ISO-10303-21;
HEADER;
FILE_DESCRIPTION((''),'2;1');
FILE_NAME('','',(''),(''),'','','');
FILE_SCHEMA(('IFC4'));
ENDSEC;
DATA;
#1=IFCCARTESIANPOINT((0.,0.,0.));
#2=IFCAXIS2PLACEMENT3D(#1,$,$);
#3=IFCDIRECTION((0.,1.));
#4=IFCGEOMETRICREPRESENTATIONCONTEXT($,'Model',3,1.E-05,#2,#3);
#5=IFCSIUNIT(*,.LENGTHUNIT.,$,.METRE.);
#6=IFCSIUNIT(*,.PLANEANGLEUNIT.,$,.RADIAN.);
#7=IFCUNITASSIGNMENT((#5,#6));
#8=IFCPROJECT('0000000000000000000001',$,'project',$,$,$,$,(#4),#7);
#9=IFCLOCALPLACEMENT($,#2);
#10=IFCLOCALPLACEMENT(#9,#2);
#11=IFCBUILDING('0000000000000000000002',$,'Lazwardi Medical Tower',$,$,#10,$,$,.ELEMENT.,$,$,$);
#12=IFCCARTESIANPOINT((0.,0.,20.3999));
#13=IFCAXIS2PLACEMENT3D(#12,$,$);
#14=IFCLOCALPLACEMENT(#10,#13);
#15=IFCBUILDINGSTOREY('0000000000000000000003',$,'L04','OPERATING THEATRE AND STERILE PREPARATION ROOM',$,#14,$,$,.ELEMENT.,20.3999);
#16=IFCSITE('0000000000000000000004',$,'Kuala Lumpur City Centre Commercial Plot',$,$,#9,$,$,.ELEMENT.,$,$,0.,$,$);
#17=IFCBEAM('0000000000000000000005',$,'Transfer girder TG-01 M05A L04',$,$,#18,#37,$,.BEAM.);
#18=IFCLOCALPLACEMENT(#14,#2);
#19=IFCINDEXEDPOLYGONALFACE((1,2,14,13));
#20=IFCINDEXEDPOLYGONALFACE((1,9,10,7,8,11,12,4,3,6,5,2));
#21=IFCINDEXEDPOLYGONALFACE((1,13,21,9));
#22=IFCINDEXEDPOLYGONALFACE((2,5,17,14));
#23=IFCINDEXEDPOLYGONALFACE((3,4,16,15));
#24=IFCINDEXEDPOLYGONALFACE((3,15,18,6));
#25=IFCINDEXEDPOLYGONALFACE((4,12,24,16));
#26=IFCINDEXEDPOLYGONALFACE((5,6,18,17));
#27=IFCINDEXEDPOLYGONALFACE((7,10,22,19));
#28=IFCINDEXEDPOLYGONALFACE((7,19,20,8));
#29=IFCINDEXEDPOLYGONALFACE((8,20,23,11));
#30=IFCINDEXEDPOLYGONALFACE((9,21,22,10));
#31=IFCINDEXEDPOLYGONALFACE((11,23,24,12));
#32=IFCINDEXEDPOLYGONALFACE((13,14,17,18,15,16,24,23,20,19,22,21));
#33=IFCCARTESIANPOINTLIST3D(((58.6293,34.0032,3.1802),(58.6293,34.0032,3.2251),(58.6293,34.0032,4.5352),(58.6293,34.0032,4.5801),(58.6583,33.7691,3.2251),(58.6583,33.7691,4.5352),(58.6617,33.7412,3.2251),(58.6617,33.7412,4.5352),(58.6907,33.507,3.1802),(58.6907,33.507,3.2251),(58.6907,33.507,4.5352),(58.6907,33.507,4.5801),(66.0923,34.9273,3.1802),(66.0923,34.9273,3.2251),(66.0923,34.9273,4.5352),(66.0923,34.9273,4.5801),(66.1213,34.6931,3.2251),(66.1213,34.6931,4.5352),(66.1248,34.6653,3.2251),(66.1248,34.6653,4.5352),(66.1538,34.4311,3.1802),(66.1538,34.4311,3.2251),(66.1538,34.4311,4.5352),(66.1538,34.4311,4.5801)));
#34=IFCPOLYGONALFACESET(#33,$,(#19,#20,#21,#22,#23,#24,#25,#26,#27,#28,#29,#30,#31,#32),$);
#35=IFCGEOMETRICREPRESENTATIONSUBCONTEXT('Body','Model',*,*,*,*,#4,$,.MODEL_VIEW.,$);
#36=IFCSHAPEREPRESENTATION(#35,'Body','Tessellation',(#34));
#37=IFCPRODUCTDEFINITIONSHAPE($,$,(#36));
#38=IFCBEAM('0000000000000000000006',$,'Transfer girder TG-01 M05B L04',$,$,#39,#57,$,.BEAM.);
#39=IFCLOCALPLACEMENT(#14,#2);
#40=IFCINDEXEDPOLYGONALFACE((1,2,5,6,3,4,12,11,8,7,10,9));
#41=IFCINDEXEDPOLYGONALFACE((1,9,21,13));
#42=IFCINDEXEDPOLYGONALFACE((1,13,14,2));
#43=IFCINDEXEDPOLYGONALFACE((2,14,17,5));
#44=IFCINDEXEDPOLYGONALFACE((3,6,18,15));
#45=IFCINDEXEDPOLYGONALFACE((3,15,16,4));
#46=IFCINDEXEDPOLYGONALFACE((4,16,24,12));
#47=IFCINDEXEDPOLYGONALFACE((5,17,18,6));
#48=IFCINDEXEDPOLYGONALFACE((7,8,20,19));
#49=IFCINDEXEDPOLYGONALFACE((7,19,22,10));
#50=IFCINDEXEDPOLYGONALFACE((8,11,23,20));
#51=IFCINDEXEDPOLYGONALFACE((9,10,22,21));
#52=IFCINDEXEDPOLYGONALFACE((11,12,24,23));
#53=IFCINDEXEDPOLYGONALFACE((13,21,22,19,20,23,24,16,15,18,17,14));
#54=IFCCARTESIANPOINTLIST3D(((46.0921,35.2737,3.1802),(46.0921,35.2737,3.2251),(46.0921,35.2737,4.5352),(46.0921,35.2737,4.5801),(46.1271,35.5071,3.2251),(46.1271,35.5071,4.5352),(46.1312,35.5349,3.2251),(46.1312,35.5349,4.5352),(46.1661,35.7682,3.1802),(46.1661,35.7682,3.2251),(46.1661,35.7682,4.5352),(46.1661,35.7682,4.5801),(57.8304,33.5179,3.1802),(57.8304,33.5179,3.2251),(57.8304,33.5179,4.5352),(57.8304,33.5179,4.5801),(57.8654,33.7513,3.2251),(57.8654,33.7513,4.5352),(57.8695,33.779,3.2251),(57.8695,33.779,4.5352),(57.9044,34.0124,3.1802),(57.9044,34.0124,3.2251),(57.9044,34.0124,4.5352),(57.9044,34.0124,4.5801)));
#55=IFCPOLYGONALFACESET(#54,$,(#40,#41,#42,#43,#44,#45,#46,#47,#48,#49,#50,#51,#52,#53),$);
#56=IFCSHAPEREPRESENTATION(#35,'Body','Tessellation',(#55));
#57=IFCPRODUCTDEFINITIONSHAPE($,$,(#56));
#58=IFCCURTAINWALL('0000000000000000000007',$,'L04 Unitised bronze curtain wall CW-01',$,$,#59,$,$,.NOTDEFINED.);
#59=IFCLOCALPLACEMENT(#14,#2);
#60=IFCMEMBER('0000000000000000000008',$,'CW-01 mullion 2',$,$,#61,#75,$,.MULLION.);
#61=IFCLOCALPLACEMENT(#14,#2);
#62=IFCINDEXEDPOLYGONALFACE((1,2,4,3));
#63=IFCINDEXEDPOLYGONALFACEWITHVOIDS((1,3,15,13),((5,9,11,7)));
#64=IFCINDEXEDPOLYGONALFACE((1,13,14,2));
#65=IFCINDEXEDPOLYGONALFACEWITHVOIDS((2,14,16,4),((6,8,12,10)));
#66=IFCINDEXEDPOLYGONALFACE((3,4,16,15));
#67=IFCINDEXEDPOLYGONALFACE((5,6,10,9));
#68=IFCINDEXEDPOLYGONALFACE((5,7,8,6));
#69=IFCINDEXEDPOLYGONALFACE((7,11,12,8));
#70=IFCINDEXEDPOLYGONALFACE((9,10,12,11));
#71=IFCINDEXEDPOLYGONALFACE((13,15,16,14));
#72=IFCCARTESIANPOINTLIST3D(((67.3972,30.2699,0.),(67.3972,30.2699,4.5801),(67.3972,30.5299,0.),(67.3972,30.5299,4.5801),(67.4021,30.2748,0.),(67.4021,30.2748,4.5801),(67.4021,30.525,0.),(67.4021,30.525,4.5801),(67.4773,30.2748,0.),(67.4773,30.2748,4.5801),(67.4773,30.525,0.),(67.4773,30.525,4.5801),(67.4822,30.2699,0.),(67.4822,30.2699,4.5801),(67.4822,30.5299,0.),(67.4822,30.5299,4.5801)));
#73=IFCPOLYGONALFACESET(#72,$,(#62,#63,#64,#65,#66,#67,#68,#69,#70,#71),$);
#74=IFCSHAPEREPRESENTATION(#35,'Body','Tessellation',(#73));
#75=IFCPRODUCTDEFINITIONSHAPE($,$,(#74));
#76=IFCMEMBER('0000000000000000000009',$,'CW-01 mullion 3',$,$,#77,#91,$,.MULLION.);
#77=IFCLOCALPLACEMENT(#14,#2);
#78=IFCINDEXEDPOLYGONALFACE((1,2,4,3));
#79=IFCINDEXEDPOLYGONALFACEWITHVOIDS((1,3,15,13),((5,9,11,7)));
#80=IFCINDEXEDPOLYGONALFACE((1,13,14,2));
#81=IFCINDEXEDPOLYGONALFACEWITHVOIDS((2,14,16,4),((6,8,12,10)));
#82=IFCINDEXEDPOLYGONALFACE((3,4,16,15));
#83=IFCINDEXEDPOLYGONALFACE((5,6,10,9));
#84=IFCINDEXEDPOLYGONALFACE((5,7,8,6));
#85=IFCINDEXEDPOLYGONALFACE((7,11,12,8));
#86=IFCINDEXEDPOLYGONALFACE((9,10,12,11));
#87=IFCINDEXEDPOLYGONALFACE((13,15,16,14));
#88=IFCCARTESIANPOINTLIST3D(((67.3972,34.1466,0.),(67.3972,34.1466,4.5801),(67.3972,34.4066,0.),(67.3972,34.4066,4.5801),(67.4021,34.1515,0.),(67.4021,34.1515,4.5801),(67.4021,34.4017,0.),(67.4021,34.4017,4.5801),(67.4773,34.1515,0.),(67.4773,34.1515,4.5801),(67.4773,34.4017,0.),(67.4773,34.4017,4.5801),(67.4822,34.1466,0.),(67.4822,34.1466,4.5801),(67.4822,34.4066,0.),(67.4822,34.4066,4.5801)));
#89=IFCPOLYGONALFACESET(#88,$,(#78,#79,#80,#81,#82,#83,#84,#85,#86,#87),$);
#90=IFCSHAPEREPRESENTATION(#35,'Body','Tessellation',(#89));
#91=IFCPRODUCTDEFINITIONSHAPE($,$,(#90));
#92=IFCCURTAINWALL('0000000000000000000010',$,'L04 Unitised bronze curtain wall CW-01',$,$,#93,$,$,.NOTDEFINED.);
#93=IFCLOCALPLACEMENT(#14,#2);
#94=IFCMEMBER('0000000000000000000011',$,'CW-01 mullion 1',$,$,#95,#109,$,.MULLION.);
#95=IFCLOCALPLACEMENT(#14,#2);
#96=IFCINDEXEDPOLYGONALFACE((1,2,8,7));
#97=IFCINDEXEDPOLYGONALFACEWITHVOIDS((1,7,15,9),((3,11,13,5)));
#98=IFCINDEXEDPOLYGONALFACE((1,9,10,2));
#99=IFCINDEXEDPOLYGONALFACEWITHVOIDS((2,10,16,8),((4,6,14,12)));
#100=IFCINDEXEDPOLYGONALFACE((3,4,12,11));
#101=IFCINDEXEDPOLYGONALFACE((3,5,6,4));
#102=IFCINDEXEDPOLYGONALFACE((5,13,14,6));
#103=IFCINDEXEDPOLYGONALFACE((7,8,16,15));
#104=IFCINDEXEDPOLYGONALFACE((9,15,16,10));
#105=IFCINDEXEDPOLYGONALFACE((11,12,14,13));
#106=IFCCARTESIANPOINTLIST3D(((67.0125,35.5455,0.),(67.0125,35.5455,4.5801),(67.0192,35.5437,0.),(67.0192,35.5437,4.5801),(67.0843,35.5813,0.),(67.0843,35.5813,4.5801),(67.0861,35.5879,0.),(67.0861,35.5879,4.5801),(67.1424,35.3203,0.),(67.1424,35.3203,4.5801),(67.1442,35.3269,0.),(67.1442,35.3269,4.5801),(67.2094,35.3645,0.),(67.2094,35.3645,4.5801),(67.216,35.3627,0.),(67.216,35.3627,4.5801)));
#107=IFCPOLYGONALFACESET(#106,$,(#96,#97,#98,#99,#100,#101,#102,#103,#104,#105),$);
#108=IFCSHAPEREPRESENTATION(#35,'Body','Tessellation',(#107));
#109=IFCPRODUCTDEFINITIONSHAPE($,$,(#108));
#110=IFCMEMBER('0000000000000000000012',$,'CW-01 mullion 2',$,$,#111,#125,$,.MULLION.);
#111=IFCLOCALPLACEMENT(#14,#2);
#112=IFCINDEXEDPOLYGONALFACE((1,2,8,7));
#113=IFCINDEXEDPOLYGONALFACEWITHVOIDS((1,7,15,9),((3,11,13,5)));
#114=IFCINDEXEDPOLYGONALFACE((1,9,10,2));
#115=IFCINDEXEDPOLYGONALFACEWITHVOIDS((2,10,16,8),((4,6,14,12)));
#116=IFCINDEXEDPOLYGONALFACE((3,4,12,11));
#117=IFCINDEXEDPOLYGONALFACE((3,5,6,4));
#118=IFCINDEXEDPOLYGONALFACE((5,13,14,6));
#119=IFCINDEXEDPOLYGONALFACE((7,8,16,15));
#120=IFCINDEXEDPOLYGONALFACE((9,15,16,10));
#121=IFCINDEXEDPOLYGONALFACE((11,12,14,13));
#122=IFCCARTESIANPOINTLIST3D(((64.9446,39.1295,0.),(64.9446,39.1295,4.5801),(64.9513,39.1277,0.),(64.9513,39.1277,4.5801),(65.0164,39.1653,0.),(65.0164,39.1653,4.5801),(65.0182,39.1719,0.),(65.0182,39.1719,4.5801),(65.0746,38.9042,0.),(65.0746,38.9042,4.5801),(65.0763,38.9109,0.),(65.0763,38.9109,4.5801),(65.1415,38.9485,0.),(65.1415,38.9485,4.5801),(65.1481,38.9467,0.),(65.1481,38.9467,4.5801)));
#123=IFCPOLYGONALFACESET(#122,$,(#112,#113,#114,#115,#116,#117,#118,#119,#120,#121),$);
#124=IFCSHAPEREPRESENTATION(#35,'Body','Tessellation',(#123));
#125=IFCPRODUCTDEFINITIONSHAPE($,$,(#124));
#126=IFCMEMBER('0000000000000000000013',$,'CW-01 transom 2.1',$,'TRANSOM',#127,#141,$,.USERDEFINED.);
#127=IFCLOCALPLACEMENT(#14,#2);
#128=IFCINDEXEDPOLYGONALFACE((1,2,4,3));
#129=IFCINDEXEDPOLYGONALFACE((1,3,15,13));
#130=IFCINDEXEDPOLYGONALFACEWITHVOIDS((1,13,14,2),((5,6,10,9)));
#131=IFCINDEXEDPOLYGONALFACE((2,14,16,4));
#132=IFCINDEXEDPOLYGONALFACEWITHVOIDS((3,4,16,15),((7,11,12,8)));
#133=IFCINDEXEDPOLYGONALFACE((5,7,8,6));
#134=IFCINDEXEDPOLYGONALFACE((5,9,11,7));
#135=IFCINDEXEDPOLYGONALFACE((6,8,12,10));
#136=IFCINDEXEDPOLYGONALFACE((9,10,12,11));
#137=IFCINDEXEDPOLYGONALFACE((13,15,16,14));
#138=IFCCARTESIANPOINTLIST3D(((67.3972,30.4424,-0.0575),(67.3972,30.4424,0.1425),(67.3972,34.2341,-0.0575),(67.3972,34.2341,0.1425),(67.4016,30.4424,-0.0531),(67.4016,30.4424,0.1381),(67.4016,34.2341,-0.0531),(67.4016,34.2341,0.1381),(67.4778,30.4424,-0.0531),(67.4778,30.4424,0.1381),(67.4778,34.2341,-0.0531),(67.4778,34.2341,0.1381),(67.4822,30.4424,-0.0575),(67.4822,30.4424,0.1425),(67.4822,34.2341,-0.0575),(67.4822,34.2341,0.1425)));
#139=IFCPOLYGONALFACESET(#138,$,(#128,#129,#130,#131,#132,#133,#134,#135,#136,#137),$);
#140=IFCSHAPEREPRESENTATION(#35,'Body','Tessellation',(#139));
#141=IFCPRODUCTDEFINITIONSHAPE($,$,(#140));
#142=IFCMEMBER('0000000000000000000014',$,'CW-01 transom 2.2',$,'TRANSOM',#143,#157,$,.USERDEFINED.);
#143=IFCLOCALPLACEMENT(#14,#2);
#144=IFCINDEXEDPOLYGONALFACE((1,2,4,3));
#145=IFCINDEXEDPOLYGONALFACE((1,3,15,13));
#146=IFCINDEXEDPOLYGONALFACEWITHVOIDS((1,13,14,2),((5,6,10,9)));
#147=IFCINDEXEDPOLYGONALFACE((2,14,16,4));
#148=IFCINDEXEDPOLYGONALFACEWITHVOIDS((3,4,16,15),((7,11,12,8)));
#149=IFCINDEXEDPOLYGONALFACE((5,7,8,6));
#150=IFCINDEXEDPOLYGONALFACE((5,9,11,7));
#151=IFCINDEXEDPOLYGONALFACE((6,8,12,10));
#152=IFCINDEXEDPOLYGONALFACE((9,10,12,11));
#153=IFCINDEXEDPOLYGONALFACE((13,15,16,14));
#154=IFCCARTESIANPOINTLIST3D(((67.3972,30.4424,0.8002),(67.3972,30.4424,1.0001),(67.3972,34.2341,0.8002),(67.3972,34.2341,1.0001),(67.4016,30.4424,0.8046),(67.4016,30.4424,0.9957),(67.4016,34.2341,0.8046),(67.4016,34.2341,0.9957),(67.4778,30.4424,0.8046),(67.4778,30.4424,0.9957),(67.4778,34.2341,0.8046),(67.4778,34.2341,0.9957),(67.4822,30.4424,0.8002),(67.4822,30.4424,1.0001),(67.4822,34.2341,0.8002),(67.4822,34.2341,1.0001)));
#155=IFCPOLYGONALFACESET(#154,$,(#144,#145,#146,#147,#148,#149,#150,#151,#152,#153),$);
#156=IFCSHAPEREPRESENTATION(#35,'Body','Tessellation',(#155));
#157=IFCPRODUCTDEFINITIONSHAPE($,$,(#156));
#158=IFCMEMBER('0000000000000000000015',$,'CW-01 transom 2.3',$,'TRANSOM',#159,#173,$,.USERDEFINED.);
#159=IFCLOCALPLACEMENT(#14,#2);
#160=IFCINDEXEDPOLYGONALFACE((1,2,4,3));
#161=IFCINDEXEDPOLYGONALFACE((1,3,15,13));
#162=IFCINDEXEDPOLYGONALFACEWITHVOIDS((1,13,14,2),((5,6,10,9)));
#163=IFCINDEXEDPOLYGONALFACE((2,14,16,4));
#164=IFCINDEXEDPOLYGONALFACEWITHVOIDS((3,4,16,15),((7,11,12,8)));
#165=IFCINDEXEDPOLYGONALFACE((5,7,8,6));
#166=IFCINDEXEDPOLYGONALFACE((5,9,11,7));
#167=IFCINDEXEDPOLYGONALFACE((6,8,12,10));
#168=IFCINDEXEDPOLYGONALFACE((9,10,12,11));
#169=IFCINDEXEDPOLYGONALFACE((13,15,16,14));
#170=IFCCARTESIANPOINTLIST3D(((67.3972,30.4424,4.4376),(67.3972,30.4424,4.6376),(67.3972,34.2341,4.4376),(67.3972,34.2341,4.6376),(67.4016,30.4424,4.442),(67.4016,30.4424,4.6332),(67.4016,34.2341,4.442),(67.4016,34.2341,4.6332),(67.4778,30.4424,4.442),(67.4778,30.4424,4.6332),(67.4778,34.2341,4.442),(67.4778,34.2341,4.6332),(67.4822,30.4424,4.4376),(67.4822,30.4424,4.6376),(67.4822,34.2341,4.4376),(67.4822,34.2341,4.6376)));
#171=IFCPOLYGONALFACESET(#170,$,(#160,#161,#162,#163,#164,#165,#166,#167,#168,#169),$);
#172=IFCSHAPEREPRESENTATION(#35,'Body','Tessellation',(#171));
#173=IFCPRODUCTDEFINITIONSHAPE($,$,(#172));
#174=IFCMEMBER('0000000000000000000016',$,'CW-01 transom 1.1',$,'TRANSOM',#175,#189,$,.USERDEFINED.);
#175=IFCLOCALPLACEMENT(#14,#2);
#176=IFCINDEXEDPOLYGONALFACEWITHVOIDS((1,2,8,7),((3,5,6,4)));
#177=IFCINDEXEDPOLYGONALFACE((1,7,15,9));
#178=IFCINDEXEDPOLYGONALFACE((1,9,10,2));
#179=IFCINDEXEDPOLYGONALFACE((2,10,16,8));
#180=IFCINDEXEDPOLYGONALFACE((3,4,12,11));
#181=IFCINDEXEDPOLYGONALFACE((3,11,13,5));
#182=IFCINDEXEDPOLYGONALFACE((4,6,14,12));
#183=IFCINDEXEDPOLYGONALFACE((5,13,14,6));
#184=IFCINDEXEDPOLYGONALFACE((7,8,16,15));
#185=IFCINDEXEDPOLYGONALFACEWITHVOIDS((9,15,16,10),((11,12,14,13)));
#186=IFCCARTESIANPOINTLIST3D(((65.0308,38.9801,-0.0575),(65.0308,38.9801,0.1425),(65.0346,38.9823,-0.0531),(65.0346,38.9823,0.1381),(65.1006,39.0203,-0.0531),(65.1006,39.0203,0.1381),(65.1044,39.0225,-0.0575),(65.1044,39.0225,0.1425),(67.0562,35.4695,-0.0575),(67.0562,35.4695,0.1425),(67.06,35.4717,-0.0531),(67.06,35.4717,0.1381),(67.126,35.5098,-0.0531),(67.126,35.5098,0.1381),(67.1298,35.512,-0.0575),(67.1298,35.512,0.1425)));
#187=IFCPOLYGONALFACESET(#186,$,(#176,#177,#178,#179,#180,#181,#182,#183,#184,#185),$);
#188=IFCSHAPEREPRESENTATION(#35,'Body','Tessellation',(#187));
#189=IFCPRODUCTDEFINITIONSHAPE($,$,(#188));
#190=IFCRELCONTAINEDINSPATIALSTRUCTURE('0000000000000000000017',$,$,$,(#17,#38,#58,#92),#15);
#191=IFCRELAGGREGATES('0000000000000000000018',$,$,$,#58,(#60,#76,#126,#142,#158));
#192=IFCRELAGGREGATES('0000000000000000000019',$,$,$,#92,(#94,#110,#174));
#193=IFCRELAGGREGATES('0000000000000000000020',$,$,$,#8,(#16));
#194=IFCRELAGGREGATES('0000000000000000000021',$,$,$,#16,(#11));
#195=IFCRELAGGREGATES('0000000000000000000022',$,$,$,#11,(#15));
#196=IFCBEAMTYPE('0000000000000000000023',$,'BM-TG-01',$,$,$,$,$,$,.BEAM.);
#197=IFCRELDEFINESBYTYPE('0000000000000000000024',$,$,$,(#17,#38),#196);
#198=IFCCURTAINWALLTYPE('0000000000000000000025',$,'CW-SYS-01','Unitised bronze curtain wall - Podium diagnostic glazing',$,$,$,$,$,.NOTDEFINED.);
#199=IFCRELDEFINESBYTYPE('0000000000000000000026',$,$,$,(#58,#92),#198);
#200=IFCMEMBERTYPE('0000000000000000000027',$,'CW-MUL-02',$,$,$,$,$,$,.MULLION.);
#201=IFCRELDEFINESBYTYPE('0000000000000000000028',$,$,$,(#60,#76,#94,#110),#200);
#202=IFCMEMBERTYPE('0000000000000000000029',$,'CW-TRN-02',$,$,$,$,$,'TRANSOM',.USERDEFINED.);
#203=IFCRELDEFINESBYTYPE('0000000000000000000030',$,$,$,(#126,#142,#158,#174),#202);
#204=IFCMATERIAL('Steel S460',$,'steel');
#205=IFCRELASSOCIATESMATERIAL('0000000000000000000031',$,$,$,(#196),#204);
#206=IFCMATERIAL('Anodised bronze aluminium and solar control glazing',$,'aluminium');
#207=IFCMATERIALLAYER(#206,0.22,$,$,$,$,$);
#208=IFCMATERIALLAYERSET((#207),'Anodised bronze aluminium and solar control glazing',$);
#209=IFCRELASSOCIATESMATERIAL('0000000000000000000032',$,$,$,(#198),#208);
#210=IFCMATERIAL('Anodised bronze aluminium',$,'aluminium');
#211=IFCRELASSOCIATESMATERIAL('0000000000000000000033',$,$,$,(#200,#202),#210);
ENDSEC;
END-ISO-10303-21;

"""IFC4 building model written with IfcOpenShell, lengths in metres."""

from ifc_helpers import new_model, si_unit, direction, frame, origin, origin_2d, place, context, subcontext, project, spatial, hollow_rectangle, i_section, extrude, material, layer, layer_set, material_profile, profile_set, type_object, element, aggregate, save


model = new_model("IFC4")

# Units and contexts
model_context = context("Model", 3, precision=1e-05, world=origin(), true_north=direction((0.0, 1.0)))
body_context = subcontext(model_context, "Body", "Model", "MODEL_VIEW")
ifc_project = project(units=[si_unit("LENGTHUNIT", "METRE"), si_unit("PLANEANGLEUNIT", "RADIAN")], contexts=[model_context])

# Site, building, storey
site_placement = place(None, origin())
site = spatial("IfcSite", under=ifc_project, at=site_placement, Name="Kuala Lumpur City Centre Commercial Plot", CompositionType="ELEMENT", RefElevation=0.0)
building_placement = place(site_placement, origin())
building = spatial("IfcBuilding", under=site, at=building_placement, Name="Lazwardi Medical Tower", CompositionType="ELEMENT")
storey_placement = place(building_placement, frame((0.0, 0.0, 20.3999)))
storey = spatial("IfcBuildingStorey", under=building, at=storey_placement, Name="L04", Description="OPERATING THEATRE AND STERILE PREPARATION ROOM", CompositionType="ELEMENT", Elevation=20.3999)

# Beams
ifc_material_1 = material(Name="Steel S460", Category="steel")
ifc_material_profile_1 = material_profile(ifc_material_1, i_section(OverallWidth=0.5, OverallDepth=1.3999, WebThickness=0.0281, FlangeThickness=0.0449, at=origin_2d()), Name="PG 1400x500")
ifc_profile_set_1 = profile_set([ifc_material_profile_1], Name="Steel S460")
beam_type_1 = type_object("IfcBeamType", Name="BM-TG-01", PredefinedType="BEAM", material=ifc_profile_set_1)
beam_1_placement = place(storey_placement, frame((66.123, 34.6792, 3.8801), z_axis=(-0.992422, -0.12288, 0.0), x_axis=(0.12288, -0.992422, 0.0)))
element("IfcBeam", 1, at=beam_1_placement, inside=storey, type_object=beam_type_1, Name="Transfer girder TG-01 M05A L04", PredefinedType="BEAM", context=body_context, shape_type="SweptSolid", body=[
    extrude(i_section(OverallWidth=0.5, OverallDepth=1.3999, WebThickness=0.0281, FlangeThickness=0.0449, at=origin_2d()), origin(), (0.0, 0.0, 1.0), 7.52),
])
beam_2_placement = place(storey_placement, frame((57.8674, 33.7651, 3.8801), z_axis=(-0.988997, 0.147938, 0.0), x_axis=(-0.147938, -0.988997, 0.0)))
element("IfcBeam", 2, at=beam_2_placement, inside=storey, type_object=beam_type_1, Name="Transfer girder TG-01 M05B L04", PredefinedType="BEAM", context=body_context, shape_type="SweptSolid", body=[
    extrude(i_section(OverallWidth=0.5, OverallDepth=1.3999, WebThickness=0.0281, FlangeThickness=0.0449, at=origin_2d()), origin(), (0.0, 0.0, 1.0), 11.8689),
])

# Curtain walls, members
ifc_material_2 = material(Name="Anodised bronze aluminium and solar control glazing", Category="aluminium")
ifc_layer_1 = layer(ifc_material_2, 0.22)
ifc_layer_set_1 = layer_set([ifc_layer_1], Name="Anodised bronze aluminium and solar control glazing")
curtain_wall_type = type_object("IfcCurtainWallType", Name="CW-SYS-01", Description="Unitised bronze curtain wall - Podium diagnostic glazing", PredefinedType="NOTDEFINED", material=ifc_layer_set_1)
curtain_wall_1_placement = place(storey_placement, origin())
curtain_wall_1 = element("IfcCurtainWall", 3, at=curtain_wall_1_placement, inside=storey, type_object=curtain_wall_type, Name="L04 Unitised bronze curtain wall CW-01", PredefinedType="NOTDEFINED")
ifc_material_3 = material(Name="Anodised bronze aluminium", Category="aluminium")
ifc_material_profile_2 = material_profile(ifc_material_3, hollow_rectangle(XDim=0.085, YDim=0.26, WallThickness=0.0049, at=origin_2d()), Name="ALU-MULLION 260x85x5")
ifc_profile_set_2 = profile_set([ifc_material_profile_2], Name="Anodised bronze aluminium")
member_type_1 = type_object("IfcMemberType", Name="CW-MUL-02", PredefinedType="MULLION", material=ifc_profile_set_2)
member_1_placement = place(storey_placement, frame((67.4397, 30.3999, 0.0), z_axis=(0.0, 0.0, 1.0), x_axis=(-1.0, 0.0, 0.0)))
member_1 = element("IfcMember", 4, at=member_1_placement, type_object=member_type_1, Name="CW-01 mullion 2", PredefinedType="MULLION", context=body_context, shape_type="SweptSolid", body=[
    extrude(hollow_rectangle(XDim=0.085, YDim=0.26, WallThickness=0.0049, at=origin_2d()), origin(), (0.0, 0.0, 1.0), 4.5801),
])
member_2_placement = place(storey_placement, frame((67.4397, 34.2766, 0.0), z_axis=(0.0, 0.0, 1.0), x_axis=(-1.0, 0.0, 0.0)))
member_2 = element("IfcMember", 5, at=member_2_placement, type_object=member_type_1, Name="CW-01 mullion 3", PredefinedType="MULLION", context=body_context, shape_type="SweptSolid", body=[
    extrude(hollow_rectangle(XDim=0.085, YDim=0.26, WallThickness=0.0049, at=origin_2d()), origin(), (0.0, 0.0, 1.0), 4.5801),
])
curtain_wall_2_placement = place(storey_placement, origin())
curtain_wall_2 = element("IfcCurtainWall", 6, at=curtain_wall_2_placement, inside=storey, type_object=curtain_wall_type, Name="L04 Unitised bronze curtain wall CW-01", PredefinedType="NOTDEFINED")
member_3_placement = place(storey_placement, frame((67.1143, 35.4541, 0.0), z_axis=(0.0, 0.0, 1.0), x_axis=(-0.866181, -0.499731, 0.0)))
member_3 = element("IfcMember", 7, at=member_3_placement, type_object=member_type_1, Name="CW-01 mullion 1", PredefinedType="MULLION", context=body_context, shape_type="SweptSolid", body=[
    extrude(hollow_rectangle(XDim=0.085, YDim=0.26, WallThickness=0.0049, at=origin_2d()), origin(), (0.0, 0.0, 1.0), 4.5801),
])
member_4_placement = place(storey_placement, frame((65.0464, 39.0381, 0.0), z_axis=(0.0, 0.0, 1.0), x_axis=(-0.866181, -0.499731, 0.0)))
member_4 = element("IfcMember", 8, at=member_4_placement, type_object=member_type_1, Name="CW-01 mullion 2", PredefinedType="MULLION", context=body_context, shape_type="SweptSolid", body=[
    extrude(hollow_rectangle(XDim=0.085, YDim=0.26, WallThickness=0.0049, at=origin_2d()), origin(), (0.0, 0.0, 1.0), 4.5801),
])

# Members
ifc_material_profile_3 = material_profile(ifc_material_3, hollow_rectangle(XDim=0.085, YDim=0.2, WallThickness=0.0044, at=origin_2d()), Name="ALU-TRANSOM 200x85x4.5")
ifc_profile_set_3 = profile_set([ifc_material_profile_3], Name="Anodised bronze aluminium")
member_type_2 = type_object("IfcMemberType", Name="CW-TRN-02", ElementType="TRANSOM", PredefinedType="USERDEFINED", material=ifc_profile_set_3)
member_5_placement = place(storey_placement, frame((67.4397, 30.4424, 0.0425), z_axis=(0.0, 1.0, 0.0), x_axis=(-1.0, 0.0, 0.0)))
member_5 = element("IfcMember", 9, at=member_5_placement, type_object=member_type_2, Name="CW-01 transom 2.1", ObjectType="TRANSOM", PredefinedType="USERDEFINED", context=body_context, shape_type="SweptSolid", body=[
    extrude(hollow_rectangle(XDim=0.085, YDim=0.2, WallThickness=0.0044, at=origin_2d()), origin(), (0.0, 0.0, 1.0), 3.7917),
])
member_6_placement = place(storey_placement, frame((67.4397, 30.4424, 0.9001), z_axis=(0.0, 1.0, 0.0), x_axis=(-1.0, 0.0, 0.0)))
member_6 = element("IfcMember", 10, at=member_6_placement, type_object=member_type_2, Name="CW-01 transom 2.2", ObjectType="TRANSOM", PredefinedType="USERDEFINED", context=body_context, shape_type="SweptSolid", body=[
    extrude(hollow_rectangle(XDim=0.085, YDim=0.2, WallThickness=0.0044, at=origin_2d()), origin(), (0.0, 0.0, 1.0), 3.7917),
])
member_7_placement = place(storey_placement, frame((67.4397, 30.4424, 4.5376), z_axis=(0.0, 1.0, 0.0), x_axis=(-1.0, 0.0, 0.0)))
member_7 = element("IfcMember", 11, at=member_7_placement, type_object=member_type_2, Name="CW-01 transom 2.3", ObjectType="TRANSOM", PredefinedType="USERDEFINED", context=body_context, shape_type="SweptSolid", body=[
    extrude(hollow_rectangle(XDim=0.085, YDim=0.2, WallThickness=0.0044, at=origin_2d()), origin(), (0.0, 0.0, 1.0), 3.7917),
])
member_8_placement = place(storey_placement, frame((67.093, 35.4907, 0.0425), z_axis=(-0.499742, 0.866175, 0.0), x_axis=(-0.866175, -0.499742, 0.0)))
member_8 = element("IfcMember", 12, at=member_8_placement, type_object=member_type_2, Name="CW-01 transom 1.1", ObjectType="TRANSOM", PredefinedType="USERDEFINED", context=body_context, shape_type="SweptSolid", body=[
    extrude(hollow_rectangle(XDim=0.085, YDim=0.2, WallThickness=0.0044, at=origin_2d()), origin(), (0.0, 0.0, 1.0), 4.053),
])

aggregate(curtain_wall_1, [member_1, member_2, member_5, member_6, member_7])
aggregate(curtain_wall_2, [member_3, member_4, member_8])

save(model, "model.ifc")
